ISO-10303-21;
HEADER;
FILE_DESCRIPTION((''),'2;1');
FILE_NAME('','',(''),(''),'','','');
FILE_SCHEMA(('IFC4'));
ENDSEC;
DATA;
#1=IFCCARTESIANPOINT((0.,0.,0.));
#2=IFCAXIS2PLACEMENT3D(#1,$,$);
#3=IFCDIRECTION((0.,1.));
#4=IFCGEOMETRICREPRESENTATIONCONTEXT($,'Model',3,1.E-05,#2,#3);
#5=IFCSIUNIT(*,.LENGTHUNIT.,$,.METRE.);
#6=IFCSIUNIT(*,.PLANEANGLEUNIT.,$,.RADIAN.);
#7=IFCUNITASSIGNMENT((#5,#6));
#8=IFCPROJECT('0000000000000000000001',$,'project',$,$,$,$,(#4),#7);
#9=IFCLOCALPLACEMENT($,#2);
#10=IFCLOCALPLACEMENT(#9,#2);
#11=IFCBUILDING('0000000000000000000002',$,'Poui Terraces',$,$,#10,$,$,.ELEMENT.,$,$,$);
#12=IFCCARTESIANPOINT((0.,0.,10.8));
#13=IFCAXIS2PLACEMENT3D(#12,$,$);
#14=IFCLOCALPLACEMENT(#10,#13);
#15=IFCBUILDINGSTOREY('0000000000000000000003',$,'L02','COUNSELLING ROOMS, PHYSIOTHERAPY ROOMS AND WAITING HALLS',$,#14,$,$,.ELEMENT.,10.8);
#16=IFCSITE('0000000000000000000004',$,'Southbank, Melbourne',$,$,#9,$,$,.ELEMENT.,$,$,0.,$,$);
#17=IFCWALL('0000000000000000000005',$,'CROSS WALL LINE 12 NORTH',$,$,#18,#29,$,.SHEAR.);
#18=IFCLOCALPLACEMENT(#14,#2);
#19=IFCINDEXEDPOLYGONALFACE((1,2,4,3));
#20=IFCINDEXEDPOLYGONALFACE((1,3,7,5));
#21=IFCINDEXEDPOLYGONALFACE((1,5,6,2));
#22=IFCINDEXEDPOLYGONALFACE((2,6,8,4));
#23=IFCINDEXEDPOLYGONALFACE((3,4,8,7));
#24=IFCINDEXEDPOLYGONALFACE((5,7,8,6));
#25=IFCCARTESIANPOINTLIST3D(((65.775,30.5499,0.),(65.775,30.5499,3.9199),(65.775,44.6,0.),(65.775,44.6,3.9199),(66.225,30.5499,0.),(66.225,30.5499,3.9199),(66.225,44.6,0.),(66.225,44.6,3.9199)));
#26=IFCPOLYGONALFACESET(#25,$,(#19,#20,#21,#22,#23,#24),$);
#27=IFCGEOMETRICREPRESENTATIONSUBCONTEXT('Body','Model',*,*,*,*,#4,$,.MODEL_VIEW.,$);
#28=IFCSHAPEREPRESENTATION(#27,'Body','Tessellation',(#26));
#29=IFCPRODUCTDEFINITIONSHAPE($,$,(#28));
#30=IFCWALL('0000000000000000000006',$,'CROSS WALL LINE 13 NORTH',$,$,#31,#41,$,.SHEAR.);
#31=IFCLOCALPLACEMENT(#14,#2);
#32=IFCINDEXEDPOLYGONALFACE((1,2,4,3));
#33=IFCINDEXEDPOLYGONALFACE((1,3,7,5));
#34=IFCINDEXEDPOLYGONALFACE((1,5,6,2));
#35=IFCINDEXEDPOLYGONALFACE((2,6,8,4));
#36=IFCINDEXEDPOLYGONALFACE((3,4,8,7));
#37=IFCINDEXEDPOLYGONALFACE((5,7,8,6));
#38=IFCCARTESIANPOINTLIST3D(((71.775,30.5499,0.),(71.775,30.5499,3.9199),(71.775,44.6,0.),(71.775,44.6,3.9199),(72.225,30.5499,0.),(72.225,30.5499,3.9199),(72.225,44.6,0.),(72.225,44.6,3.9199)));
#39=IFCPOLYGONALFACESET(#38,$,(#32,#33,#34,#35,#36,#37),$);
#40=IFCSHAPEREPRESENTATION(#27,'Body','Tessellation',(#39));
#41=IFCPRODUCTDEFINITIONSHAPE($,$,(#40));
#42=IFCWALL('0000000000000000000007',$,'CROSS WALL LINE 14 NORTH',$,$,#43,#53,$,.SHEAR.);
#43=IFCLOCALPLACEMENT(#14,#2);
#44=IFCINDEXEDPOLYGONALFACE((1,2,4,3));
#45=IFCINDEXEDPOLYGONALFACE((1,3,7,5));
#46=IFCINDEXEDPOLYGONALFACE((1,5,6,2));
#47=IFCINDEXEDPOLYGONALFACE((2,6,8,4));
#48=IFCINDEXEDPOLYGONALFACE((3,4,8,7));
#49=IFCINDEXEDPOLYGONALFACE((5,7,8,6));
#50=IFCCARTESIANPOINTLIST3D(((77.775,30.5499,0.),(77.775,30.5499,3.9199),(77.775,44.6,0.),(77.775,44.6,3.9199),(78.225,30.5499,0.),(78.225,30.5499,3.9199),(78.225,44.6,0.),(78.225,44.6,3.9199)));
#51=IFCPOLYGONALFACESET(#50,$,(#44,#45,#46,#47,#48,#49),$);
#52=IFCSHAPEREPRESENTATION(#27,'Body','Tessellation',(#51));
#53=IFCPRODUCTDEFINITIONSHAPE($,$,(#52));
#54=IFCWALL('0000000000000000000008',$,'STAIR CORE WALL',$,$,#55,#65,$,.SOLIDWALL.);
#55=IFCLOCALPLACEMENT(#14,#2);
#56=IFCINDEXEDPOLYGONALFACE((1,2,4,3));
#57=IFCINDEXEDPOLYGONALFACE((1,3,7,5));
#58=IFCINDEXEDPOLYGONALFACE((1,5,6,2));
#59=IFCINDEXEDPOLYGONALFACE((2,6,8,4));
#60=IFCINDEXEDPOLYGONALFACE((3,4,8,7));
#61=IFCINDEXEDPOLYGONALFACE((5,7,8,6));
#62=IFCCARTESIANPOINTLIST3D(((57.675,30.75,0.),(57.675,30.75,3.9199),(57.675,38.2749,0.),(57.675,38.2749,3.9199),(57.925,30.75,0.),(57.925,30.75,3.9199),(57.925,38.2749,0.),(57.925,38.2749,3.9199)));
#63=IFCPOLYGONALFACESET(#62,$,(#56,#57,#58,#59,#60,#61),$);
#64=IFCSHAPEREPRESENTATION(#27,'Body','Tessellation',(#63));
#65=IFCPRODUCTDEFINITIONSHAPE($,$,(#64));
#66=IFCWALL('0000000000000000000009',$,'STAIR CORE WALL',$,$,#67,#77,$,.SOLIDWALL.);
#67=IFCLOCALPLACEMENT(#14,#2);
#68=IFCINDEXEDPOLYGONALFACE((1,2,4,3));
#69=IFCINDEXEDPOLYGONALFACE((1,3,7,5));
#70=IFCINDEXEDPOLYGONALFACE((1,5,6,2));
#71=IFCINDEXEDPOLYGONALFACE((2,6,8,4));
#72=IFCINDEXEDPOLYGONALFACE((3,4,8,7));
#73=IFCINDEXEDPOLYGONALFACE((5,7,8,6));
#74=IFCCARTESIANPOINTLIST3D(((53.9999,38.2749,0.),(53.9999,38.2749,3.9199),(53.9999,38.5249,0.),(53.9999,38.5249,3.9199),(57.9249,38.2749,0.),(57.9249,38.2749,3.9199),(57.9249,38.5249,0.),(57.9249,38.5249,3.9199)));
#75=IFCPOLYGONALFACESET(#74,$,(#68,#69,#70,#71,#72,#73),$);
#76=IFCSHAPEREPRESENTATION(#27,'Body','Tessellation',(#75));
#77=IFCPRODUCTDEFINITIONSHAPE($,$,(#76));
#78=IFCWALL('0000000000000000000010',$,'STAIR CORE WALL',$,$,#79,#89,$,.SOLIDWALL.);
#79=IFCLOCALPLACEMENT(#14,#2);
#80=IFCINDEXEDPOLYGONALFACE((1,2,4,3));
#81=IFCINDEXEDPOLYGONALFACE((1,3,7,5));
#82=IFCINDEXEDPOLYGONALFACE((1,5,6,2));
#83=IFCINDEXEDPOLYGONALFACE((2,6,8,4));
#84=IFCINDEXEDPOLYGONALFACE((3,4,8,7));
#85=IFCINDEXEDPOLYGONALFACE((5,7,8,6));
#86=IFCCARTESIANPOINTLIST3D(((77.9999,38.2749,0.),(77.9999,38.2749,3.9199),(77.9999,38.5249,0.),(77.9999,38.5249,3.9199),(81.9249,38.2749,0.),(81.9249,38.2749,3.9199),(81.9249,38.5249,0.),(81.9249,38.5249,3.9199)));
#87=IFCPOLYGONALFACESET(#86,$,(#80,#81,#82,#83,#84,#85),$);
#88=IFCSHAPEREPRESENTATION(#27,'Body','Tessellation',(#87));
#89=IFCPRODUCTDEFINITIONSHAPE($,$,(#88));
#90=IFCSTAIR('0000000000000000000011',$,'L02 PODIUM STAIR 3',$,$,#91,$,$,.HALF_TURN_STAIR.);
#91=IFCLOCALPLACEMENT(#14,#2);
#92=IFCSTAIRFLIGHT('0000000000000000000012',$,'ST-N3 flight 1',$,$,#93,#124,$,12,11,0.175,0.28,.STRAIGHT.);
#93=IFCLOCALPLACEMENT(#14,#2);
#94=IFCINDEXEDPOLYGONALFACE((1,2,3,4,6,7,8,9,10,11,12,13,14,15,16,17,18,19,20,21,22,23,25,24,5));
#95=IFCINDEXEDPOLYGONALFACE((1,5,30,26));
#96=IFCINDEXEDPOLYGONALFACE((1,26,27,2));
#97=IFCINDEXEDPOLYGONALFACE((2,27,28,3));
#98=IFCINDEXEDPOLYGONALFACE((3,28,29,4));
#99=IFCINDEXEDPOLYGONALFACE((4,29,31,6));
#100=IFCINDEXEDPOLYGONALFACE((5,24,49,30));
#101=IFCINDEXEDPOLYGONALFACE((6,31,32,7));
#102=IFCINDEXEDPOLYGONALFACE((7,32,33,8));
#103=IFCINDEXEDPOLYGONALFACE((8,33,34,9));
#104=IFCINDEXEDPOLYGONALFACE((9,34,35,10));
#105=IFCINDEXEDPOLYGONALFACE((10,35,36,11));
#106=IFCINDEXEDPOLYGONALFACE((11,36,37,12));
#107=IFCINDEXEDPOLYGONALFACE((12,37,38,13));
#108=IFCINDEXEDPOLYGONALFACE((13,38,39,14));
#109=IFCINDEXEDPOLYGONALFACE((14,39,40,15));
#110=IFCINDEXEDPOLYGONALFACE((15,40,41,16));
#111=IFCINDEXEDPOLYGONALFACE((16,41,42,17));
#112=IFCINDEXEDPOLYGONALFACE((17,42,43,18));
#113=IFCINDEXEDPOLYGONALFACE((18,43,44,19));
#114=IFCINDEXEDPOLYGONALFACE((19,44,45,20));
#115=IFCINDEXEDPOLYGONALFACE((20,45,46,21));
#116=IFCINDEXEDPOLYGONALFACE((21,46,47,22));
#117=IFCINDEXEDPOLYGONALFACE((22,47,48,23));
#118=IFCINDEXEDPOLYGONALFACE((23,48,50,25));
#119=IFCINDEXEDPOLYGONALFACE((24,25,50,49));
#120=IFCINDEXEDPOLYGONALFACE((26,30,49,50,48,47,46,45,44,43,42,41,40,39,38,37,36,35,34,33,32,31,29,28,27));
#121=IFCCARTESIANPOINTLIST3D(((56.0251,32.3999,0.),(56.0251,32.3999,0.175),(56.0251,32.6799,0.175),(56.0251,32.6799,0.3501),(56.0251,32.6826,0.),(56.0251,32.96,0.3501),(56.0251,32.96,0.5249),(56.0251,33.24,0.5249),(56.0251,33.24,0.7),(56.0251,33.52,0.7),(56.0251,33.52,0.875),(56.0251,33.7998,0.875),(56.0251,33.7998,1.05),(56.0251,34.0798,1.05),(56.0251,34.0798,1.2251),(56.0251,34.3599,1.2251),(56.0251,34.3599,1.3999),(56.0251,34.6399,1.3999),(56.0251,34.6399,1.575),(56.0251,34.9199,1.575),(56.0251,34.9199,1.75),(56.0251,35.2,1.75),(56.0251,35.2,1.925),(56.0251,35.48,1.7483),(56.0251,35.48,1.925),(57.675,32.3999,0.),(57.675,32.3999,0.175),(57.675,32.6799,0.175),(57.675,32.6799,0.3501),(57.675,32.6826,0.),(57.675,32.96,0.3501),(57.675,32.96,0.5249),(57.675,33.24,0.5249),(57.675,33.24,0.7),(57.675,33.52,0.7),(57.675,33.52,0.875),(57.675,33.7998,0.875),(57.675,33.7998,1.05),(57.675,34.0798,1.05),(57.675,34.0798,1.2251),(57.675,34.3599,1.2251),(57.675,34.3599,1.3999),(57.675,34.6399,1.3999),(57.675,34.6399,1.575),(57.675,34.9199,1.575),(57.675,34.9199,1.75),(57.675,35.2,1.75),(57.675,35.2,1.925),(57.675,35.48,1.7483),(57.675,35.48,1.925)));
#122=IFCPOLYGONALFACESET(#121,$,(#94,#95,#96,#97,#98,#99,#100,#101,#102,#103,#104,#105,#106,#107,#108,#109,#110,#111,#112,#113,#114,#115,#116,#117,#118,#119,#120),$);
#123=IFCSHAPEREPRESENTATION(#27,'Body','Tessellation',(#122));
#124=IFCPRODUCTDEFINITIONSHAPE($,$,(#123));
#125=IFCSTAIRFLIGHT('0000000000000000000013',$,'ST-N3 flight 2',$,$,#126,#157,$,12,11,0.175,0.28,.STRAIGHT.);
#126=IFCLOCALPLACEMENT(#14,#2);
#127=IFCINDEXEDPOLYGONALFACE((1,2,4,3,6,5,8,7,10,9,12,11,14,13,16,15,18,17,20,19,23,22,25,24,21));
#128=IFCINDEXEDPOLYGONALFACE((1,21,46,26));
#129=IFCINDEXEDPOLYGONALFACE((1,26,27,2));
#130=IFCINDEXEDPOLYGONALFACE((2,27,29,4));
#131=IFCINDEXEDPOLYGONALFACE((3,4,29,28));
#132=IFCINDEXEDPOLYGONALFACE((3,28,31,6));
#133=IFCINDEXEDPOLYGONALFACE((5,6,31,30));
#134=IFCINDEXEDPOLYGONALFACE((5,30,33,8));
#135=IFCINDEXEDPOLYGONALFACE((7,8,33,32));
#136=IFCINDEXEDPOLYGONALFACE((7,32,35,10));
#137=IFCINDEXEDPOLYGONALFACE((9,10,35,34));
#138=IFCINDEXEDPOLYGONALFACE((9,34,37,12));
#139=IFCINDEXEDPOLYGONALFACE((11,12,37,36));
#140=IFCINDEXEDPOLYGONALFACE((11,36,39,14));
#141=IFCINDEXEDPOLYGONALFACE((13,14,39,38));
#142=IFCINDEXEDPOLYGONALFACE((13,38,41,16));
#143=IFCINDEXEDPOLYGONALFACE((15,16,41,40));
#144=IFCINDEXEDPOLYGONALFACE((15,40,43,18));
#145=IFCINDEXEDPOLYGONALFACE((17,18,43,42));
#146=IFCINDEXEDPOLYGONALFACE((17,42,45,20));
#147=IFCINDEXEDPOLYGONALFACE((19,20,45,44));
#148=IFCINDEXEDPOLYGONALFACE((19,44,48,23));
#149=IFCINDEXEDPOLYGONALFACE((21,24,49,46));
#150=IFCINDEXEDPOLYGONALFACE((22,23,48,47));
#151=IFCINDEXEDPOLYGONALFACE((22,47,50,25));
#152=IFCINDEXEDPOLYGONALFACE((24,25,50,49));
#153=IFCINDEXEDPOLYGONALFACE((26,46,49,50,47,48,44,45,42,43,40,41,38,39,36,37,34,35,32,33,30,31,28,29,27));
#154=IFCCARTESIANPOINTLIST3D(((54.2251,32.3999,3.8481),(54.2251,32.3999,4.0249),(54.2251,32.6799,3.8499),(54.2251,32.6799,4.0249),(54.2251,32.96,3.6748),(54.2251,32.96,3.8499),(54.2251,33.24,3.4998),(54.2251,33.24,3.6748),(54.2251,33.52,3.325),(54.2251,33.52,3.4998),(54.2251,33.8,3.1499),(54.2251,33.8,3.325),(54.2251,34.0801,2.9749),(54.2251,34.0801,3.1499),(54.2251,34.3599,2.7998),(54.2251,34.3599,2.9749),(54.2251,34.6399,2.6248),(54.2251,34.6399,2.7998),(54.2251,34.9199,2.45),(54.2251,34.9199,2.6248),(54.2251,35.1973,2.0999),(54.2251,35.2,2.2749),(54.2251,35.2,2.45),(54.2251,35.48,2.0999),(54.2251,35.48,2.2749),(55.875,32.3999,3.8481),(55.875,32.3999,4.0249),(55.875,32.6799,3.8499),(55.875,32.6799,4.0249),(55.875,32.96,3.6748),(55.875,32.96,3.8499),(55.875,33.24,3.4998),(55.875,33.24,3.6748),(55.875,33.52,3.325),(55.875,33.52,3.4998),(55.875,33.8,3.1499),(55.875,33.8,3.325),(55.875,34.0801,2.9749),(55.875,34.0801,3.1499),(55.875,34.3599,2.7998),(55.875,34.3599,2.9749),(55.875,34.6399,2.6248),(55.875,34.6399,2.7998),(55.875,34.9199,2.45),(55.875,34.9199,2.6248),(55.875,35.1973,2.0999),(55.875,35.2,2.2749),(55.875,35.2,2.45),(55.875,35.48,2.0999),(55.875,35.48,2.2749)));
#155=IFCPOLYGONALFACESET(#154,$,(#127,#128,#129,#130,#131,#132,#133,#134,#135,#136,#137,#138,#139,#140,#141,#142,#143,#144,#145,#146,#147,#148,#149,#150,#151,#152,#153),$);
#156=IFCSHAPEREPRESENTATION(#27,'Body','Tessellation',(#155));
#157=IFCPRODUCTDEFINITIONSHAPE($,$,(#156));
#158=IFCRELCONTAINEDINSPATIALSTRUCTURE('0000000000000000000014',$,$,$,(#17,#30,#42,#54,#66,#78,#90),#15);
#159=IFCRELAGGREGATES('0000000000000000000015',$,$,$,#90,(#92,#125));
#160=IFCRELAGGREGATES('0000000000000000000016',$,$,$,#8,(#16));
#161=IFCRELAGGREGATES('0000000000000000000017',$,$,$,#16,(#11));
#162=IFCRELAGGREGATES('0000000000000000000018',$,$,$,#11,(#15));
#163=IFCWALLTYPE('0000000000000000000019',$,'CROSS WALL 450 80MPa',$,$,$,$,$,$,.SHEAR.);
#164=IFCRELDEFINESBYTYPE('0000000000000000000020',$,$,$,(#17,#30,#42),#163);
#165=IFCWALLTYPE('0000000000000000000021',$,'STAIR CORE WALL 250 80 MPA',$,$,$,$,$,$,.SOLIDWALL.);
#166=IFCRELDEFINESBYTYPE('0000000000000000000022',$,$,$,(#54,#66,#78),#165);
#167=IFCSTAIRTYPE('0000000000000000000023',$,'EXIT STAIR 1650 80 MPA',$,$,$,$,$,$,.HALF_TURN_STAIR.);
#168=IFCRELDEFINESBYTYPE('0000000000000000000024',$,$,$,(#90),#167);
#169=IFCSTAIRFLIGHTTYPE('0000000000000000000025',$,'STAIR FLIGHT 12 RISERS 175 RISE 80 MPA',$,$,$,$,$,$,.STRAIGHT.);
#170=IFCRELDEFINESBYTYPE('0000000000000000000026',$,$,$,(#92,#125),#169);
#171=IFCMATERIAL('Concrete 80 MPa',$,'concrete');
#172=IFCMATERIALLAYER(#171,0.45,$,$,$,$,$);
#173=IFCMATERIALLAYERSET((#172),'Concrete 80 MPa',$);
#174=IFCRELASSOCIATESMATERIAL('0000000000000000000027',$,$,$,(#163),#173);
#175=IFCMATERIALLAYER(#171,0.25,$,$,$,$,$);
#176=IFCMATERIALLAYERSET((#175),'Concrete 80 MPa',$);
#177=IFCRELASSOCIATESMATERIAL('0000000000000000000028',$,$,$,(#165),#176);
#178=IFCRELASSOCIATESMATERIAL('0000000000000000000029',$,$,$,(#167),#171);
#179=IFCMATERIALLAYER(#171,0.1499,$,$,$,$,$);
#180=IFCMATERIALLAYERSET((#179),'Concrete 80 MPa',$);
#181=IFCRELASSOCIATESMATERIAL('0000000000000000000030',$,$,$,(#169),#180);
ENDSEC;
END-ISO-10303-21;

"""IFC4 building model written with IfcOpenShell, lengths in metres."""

from ifc_helpers import new_model, si_unit, direction, frame, frame_2d, origin, place, context, subcontext, project, spatial, polyline, rectangle, outline, extrude, material, layer, layer_set, type_object, element, aggregate, save


model = new_model("IFC4")

# Units and contexts
model_context = context("Model", 3, precision=1e-05, world=origin(), true_north=direction((0.0, 1.0)))
body_context = subcontext(model_context, "Body", "Model", "MODEL_VIEW")
ifc_project = project(units=[si_unit("LENGTHUNIT", "METRE"), si_unit("PLANEANGLEUNIT", "RADIAN")], contexts=[model_context])

# Site, building, storey
site_placement = place(None, origin())
site = spatial("IfcSite", under=ifc_project, at=site_placement, Name="Southbank, Melbourne", CompositionType="ELEMENT", RefElevation=0.0)
building_placement = place(site_placement, origin())
building = spatial("IfcBuilding", under=site, at=building_placement, Name="Poui Terraces", CompositionType="ELEMENT")
storey_placement = place(building_placement, frame((0.0, 0.0, 10.8)))
storey = spatial("IfcBuildingStorey", under=building, at=storey_placement, Name="L02", Description="COUNSELLING ROOMS, PHYSIOTHERAPY ROOMS AND WAITING HALLS", CompositionType="ELEMENT", Elevation=10.8)

# Shared definitions
ifc_material_1 = material(Name="Concrete 80 MPa", Category="concrete")

# Walls
ifc_layer_1 = layer(ifc_material_1, 0.45)
ifc_layer_set_1 = layer_set([ifc_layer_1], Name="Concrete 80 MPa")
wall_type_1 = type_object("IfcWallType", Name="CROSS WALL 450 80MPa", PredefinedType="SHEAR", material=ifc_layer_set_1)
for number, where, z_axis, x_axis, name in (
    (1, (66.0, 30.55, 0.0), (0.0, 0.0, 1.0), (0.0, 1.0, 0.0), "CROSS WALL LINE 12 NORTH"),
    (2, (72.0, 30.55, 0.0), (0.0, 0.0, 1.0), (0.0, 1.0, 0.0), "CROSS WALL LINE 13 NORTH"),
    (3, (78.0, 30.55, 0.0), (0.0, 0.0, 1.0), (0.0, 1.0, 0.0), "CROSS WALL LINE 14 NORTH"),
):
    element("IfcWall", number, at=place(storey_placement, frame(where, z_axis=z_axis, x_axis=x_axis)), inside=storey, type_object=wall_type_1, Name=name, PredefinedType="SHEAR", context=body_context, shape_type="SweptSolid", body=[
        extrude(rectangle(XDim=14.05, YDim=0.45, at=frame_2d((7.0249, 0.0))), origin(), (0.0, 0.0, 1.0), 3.9199),
    ])
ifc_layer_2 = layer(ifc_material_1, 0.25)
ifc_layer_set_2 = layer_set([ifc_layer_2], Name="Concrete 80 MPa")
wall_type_2 = type_object("IfcWallType", Name="STAIR CORE WALL 250 80 MPA", PredefinedType="SOLIDWALL", material=ifc_layer_set_2)
wall_1_placement = place(storey_placement, frame((57.8, 30.75, 0.0), z_axis=(0.0, 0.0, 1.0), x_axis=(0.0, 1.0, 0.0)))
element("IfcWall", 4, at=wall_1_placement, inside=storey, type_object=wall_type_2, Name="STAIR CORE WALL", PredefinedType="SOLIDWALL", context=body_context, shape_type="SweptSolid", body=[
    extrude(rectangle(XDim=7.5249, YDim=0.25, at=frame_2d((3.7625, 0.0))), origin(), (0.0, 0.0, 1.0), 3.9199),
])
for number, where, z_axis, x_axis, name in (
    (5, (54.0, 38.3999, 0.0), (0.0, 0.0, 1.0), (1.0, 0.0, 0.0), "STAIR CORE WALL"),
    (6, (78.0, 38.3999, 0.0), (0.0, 0.0, 1.0), (1.0, 0.0, 0.0), "STAIR CORE WALL"),
):
    element("IfcWall", number, at=place(storey_placement, frame(where, z_axis=z_axis, x_axis=x_axis)), inside=storey, type_object=wall_type_2, Name=name, PredefinedType="SOLIDWALL", context=body_context, shape_type="SweptSolid", body=[
        extrude(rectangle(XDim=3.925, YDim=0.25, at=frame_2d((1.9624, 0.0))), origin(), (0.0, 0.0, 1.0), 3.9199),
    ])

# Stair, stair flights
stair_type = type_object("IfcStairType", Name="EXIT STAIR 1650 80 MPA", PredefinedType="HALF_TURN_STAIR", material=ifc_material_1)
stair_placement = place(storey_placement, origin())
stair = element("IfcStair", 7, at=stair_placement, inside=storey, type_object=stair_type, Name="L02 PODIUM STAIR 3", PredefinedType="HALF_TURN_STAIR")
ifc_layer_3 = layer(ifc_material_1, 0.1499)
ifc_layer_set_3 = layer_set([ifc_layer_3], Name="Concrete 80 MPa")
stair_flight_type = type_object("IfcStairFlightType", Name="STAIR FLIGHT 12 RISERS 175 RISE 80 MPA", PredefinedType="STRAIGHT", material=ifc_layer_set_3)
stair_flight_1_placement = place(storey_placement, frame((56.8501, 32.3999, 0.0), z_axis=(0.0, 0.0, 1.0), x_axis=(0.0, 1.0, 0.0)))
stair_flight_1 = element("IfcStairFlight", 8, at=stair_flight_1_placement, type_object=stair_flight_type, Name="ST-N3 flight 1", NumberOfRisers=12, NumberOfTreads=11, PredefinedType="STRAIGHT", RiserHeight=0.175, TreadLength=0.28, context=body_context, shape_type="SweptSolid", body=[
    extrude(outline(polyline([(0.0, 0.0), (0.0, 0.175), (0.28, 0.175), (0.28, 0.3501), (0.5601, 0.3501), (0.5601, 0.5249), (0.8401, 0.5249), (0.8401, 0.7), (1.1201, 0.7), (1.1201, 0.875), (1.3999, 0.875), (1.3999, 1.05), (1.6799, 1.05), (1.6799, 1.2251), (1.96, 1.2251), (1.96, 1.3999), (2.24, 1.3999), (2.24, 1.575), (2.52, 1.575), (2.52, 1.75), (2.8, 1.75), (2.8, 1.925), (3.0801, 1.925), (3.0801, 2.1001), (3.0801, 1.7483), (0.2827, 0.0), (0.0, 0.0)])), frame((0.0, 0.825, 0.0), z_axis=(0.0, -1.0, 0.0), x_axis=(1.0, 0.0, 0.0)), (0.0, 0.0, 1.0), 1.6499),
])
stair_flight_2_placement = place(storey_placement, frame((55.05, 35.48, 2.0999), z_axis=(0.0, 0.0, 1.0), x_axis=(0.0, -1.0, 0.0)))
stair_flight_2 = element("IfcStairFlight", 9, at=stair_flight_2_placement, type_object=stair_flight_type, Name="ST-N3 flight 2", NumberOfRisers=12, NumberOfTreads=11, PredefinedType="STRAIGHT", RiserHeight=0.175, TreadLength=0.28, context=body_context, shape_type="SweptSolid", body=[
    extrude(outline(polyline([(0.0, 0.0), (0.0, 0.175), (0.28, 0.175), (0.28, 0.3501), (0.5601, 0.3501), (0.5601, 0.5249), (0.8401, 0.5249), (0.8401, 0.7), (1.1201, 0.7), (1.1201, 0.875), (1.3999, 0.875), (1.3999, 1.05), (1.6799, 1.05), (1.6799, 1.2251), (1.96, 1.2251), (1.96, 1.3999), (2.24, 1.3999), (2.24, 1.575), (2.52, 1.575), (2.52, 1.75), (2.8, 1.75), (2.8, 1.925), (3.0801, 1.925), (3.0801, 2.1001), (3.0801, 1.7483), (0.2827, 0.0), (0.0, 0.0)])), frame((0.0, 0.825, 0.0), z_axis=(0.0, -1.0, 0.0), x_axis=(1.0, 0.0, 0.0)), (0.0, 0.0, 1.0), 1.6499),
])
aggregate(stair, [stair_flight_1, stair_flight_2])

save(model, "model.ifc")
